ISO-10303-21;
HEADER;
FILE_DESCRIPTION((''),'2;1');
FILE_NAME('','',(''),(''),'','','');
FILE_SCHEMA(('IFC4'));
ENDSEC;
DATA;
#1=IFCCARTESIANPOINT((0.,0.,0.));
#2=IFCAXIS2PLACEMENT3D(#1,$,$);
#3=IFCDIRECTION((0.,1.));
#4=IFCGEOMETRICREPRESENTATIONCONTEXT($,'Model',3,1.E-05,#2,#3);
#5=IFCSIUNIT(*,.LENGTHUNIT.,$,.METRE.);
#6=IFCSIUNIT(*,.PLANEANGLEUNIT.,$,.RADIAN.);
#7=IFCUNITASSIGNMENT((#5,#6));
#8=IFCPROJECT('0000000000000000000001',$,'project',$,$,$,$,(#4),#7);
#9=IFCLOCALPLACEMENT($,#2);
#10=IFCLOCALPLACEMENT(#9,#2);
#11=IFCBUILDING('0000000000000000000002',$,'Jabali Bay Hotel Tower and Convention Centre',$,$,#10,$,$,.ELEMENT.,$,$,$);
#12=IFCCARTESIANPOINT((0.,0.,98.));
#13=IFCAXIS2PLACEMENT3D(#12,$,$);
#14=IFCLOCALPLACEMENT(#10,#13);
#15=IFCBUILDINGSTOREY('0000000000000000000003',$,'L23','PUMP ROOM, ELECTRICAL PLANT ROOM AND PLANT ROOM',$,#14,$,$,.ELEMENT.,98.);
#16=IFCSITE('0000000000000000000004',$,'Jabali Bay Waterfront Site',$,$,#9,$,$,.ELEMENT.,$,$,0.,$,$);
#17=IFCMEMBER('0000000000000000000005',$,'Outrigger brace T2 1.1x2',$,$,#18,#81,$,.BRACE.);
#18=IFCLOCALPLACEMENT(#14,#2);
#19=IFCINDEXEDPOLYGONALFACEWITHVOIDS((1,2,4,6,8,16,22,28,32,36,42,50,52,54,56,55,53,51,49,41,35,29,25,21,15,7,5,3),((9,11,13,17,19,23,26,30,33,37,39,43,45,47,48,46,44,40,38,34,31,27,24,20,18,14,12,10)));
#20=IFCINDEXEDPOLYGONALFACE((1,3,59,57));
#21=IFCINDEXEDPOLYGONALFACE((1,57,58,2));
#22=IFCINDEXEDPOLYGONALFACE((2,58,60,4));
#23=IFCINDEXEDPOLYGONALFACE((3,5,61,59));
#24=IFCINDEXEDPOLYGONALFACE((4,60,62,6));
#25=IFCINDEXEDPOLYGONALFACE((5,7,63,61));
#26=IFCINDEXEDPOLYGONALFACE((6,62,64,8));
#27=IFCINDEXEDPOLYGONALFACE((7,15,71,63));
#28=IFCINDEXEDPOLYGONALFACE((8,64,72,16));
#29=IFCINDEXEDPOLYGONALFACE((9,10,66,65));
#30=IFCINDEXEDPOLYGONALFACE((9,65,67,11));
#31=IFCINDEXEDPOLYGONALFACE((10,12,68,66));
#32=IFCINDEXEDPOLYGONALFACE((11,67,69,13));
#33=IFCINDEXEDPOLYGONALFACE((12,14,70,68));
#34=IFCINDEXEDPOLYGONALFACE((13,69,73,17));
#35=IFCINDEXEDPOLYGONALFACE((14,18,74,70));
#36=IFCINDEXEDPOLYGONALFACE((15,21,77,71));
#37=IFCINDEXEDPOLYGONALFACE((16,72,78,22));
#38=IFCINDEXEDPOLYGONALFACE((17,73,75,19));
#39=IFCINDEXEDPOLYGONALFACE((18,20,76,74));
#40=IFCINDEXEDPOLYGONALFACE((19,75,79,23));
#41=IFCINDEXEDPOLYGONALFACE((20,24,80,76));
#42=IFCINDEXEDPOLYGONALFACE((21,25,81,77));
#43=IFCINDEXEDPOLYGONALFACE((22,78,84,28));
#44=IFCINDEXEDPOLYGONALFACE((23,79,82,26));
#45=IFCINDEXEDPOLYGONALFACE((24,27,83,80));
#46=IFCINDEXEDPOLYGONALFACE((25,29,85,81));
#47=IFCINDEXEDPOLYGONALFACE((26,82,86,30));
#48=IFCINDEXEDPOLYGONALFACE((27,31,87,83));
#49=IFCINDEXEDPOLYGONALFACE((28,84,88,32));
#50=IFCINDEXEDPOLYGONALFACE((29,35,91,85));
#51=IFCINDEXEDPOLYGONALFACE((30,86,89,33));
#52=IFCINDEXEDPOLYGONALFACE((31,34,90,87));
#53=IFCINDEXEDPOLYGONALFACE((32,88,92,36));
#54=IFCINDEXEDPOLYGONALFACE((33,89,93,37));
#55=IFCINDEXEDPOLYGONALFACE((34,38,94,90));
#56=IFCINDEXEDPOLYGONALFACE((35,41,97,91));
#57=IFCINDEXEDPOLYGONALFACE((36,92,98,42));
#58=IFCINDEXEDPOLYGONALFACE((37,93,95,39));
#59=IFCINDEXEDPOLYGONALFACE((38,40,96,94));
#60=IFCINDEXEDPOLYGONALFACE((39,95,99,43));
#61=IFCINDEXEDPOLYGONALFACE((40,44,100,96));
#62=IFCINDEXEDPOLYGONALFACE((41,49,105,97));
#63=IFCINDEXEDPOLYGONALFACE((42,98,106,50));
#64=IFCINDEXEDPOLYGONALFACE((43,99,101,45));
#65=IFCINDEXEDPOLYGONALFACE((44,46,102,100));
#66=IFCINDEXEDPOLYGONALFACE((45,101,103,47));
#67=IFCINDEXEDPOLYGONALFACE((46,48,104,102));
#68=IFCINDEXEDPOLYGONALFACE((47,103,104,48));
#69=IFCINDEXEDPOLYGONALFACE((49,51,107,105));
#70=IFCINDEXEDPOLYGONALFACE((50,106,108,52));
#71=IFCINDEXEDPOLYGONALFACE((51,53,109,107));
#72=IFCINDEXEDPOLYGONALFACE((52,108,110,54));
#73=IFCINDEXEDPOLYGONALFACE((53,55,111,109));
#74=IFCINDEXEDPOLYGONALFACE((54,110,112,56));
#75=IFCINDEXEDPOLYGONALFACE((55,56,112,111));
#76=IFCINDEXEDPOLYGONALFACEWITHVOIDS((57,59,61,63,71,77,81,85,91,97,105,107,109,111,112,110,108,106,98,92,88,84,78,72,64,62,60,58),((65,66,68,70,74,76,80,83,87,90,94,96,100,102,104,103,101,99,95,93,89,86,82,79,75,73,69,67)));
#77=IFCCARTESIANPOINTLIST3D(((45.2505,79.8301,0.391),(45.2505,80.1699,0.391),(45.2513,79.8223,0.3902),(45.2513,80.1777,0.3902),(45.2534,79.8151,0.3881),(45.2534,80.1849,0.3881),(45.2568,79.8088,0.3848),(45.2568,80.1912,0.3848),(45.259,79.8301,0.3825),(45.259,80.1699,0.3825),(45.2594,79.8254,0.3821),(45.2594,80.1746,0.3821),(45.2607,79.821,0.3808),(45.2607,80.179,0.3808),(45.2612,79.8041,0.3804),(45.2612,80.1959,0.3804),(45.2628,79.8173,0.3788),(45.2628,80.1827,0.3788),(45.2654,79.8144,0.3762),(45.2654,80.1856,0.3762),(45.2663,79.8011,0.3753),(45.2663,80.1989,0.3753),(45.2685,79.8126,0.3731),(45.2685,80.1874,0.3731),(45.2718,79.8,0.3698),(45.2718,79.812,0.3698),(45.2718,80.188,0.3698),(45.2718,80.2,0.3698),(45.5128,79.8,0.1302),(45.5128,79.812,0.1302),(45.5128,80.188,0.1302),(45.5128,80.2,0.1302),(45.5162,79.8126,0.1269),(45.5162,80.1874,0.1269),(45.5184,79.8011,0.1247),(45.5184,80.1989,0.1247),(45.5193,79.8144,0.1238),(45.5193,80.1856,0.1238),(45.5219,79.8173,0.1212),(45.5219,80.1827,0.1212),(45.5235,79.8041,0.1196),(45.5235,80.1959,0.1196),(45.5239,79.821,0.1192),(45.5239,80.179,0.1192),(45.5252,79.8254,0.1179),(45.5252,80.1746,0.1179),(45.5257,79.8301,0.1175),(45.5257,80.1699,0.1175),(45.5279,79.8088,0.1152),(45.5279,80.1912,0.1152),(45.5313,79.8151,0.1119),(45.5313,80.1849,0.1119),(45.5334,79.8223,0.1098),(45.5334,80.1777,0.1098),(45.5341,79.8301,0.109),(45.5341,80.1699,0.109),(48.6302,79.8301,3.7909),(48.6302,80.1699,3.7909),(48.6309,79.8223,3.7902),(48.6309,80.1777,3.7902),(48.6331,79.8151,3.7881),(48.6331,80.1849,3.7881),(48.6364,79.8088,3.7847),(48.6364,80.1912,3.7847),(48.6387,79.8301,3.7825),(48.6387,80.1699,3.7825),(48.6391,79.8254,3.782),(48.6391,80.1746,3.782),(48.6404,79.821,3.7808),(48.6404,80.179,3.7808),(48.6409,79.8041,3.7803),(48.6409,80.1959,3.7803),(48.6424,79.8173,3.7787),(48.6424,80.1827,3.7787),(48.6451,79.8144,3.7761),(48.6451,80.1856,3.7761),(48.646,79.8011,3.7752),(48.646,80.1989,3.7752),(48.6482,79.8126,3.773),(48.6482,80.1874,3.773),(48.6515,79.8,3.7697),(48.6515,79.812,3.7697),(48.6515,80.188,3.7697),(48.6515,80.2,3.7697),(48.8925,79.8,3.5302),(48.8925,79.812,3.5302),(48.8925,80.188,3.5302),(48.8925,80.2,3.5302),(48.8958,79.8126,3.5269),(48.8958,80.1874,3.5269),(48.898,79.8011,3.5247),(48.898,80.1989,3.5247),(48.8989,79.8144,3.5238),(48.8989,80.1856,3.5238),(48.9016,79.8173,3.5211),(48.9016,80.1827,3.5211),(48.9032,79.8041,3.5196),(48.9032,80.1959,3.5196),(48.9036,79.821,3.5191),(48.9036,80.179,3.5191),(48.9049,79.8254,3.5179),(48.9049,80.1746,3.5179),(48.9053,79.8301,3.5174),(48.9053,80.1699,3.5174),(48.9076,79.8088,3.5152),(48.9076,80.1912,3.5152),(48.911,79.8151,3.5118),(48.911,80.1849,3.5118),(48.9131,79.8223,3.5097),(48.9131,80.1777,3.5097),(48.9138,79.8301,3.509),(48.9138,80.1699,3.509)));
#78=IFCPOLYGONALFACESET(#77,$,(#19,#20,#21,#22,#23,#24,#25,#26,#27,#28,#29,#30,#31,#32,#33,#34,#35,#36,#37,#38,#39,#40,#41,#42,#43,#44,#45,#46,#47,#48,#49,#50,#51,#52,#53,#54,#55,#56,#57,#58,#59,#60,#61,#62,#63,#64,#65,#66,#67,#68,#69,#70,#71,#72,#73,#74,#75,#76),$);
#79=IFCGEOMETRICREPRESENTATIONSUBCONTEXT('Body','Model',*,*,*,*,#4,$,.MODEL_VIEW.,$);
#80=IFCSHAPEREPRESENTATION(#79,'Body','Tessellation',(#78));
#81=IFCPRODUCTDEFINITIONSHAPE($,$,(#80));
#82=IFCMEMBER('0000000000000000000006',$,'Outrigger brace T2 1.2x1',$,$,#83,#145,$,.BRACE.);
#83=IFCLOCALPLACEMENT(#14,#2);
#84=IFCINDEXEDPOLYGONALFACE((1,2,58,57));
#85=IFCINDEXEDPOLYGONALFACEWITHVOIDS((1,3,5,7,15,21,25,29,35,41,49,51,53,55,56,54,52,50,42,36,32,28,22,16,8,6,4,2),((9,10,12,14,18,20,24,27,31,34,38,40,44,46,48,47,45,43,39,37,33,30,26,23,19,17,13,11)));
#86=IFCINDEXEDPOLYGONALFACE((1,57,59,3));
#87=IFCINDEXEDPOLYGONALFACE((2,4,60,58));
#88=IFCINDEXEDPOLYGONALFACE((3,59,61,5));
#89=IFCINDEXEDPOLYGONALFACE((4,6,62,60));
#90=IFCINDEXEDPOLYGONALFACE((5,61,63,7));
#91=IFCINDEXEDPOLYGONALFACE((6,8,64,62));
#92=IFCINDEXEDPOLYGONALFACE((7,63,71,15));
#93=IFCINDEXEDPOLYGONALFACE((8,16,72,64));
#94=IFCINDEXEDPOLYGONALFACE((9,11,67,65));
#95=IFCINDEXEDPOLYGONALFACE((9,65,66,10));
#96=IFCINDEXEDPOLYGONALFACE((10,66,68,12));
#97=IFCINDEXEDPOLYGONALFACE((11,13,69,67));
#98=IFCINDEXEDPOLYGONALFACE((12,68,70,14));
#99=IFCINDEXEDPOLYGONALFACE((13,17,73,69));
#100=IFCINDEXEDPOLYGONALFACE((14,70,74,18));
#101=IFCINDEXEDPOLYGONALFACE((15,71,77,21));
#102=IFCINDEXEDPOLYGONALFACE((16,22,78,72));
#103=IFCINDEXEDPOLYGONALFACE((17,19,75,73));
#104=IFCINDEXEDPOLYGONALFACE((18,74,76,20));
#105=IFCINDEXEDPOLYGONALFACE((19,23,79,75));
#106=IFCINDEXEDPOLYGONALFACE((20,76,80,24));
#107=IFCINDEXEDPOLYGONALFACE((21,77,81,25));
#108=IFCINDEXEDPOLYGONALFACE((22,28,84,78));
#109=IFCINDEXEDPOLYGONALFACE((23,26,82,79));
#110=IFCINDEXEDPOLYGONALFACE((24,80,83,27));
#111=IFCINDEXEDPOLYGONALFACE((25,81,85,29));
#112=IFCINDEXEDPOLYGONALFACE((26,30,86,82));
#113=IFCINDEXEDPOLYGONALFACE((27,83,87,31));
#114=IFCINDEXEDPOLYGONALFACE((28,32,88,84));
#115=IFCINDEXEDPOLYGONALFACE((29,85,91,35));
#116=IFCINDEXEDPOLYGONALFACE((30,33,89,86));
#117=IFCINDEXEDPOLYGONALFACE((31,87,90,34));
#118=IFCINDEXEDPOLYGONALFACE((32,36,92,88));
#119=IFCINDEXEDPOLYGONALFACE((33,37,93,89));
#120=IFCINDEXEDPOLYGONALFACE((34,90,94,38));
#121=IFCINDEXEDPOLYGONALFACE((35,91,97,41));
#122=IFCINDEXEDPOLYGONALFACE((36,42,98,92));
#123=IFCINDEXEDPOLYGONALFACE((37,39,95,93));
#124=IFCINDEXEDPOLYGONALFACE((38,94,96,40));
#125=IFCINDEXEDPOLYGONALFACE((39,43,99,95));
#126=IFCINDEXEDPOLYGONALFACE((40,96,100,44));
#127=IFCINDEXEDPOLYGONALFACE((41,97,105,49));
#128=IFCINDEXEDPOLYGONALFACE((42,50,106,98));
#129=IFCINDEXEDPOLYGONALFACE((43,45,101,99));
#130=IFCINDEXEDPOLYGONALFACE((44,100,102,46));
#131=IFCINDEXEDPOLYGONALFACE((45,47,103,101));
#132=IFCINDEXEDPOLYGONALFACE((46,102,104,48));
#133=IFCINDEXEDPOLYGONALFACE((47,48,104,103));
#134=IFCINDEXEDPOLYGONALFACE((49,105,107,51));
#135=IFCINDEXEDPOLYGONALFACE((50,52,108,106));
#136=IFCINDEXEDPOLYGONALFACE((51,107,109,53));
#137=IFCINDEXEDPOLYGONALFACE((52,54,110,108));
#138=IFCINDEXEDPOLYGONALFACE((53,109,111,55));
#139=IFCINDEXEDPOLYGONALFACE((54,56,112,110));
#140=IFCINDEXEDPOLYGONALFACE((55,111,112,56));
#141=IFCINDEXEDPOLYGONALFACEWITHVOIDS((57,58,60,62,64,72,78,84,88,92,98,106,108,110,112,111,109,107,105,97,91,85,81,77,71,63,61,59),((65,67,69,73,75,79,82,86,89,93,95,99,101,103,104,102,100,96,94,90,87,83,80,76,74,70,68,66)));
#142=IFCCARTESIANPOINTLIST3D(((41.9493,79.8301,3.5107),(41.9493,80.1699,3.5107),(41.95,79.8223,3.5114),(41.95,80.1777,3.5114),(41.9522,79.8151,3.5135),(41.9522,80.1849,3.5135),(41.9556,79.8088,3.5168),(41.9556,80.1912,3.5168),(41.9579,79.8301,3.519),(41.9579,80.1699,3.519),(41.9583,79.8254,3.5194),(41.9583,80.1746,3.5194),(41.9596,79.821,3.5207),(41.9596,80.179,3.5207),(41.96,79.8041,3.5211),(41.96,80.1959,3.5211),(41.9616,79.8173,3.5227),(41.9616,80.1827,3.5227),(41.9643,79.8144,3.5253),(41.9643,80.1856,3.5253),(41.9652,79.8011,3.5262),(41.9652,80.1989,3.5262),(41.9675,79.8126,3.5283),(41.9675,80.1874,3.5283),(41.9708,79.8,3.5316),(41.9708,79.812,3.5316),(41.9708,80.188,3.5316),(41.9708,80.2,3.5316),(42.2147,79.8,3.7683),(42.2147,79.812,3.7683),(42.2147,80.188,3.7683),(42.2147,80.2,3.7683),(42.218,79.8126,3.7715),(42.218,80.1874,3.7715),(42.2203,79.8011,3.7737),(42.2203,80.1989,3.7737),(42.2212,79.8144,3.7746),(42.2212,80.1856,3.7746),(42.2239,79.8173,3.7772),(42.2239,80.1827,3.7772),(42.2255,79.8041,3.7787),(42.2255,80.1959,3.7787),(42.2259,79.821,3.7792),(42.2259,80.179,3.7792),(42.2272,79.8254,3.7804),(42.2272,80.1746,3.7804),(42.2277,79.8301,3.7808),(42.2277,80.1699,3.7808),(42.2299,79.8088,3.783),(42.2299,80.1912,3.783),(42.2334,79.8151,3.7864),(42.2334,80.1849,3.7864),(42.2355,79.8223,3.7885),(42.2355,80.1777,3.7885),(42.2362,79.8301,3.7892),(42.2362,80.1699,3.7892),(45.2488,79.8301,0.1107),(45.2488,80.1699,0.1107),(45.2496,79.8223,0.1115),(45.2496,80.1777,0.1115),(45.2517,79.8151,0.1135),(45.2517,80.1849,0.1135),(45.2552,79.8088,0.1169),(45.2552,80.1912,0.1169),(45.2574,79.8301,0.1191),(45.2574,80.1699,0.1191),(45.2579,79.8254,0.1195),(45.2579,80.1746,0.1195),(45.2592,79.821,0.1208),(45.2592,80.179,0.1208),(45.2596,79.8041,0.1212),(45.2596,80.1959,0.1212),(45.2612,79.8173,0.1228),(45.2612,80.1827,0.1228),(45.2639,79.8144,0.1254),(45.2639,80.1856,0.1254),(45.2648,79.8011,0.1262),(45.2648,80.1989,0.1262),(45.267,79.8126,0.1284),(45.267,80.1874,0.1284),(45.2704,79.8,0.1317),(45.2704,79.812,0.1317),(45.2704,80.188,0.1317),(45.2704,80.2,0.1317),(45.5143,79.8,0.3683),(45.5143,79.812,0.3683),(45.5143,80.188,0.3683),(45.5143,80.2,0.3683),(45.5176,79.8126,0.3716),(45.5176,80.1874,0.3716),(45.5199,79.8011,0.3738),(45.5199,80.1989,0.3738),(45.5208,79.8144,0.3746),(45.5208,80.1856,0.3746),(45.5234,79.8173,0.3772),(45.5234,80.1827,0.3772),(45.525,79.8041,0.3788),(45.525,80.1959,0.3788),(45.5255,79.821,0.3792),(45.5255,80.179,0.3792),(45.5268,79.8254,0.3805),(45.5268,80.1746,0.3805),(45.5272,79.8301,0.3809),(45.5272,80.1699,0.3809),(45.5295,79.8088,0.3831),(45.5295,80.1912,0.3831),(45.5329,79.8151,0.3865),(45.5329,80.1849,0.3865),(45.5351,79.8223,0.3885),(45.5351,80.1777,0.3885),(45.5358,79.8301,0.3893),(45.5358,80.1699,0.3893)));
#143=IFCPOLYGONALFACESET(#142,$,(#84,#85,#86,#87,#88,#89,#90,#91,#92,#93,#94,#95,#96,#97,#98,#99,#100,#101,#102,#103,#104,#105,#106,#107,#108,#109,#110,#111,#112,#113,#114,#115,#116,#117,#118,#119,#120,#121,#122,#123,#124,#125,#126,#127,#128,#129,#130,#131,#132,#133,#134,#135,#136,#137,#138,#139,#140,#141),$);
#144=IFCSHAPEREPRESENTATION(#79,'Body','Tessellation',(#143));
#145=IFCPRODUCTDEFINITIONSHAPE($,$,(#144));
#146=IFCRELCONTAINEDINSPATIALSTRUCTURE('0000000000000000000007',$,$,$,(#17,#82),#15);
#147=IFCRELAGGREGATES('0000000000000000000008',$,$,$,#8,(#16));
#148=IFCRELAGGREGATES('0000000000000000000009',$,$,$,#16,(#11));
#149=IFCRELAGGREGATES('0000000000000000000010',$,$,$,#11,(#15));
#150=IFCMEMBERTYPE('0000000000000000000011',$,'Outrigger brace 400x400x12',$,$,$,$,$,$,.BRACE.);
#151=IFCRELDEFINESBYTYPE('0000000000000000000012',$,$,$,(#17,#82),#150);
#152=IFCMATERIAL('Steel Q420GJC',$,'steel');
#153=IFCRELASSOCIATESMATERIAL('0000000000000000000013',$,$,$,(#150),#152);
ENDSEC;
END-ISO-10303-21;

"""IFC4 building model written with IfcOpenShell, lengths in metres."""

from ifc_helpers import new_model, si_unit, direction, frame, origin, origin_2d, place, context, subcontext, project, spatial, hollow_rectangle, extrude, material, material_profile, profile_set, type_object, element, save


model = new_model("IFC4")

# Units and contexts
model_context = context("Model", 3, precision=1e-05, world=origin(), true_north=direction((0.0, 1.0)))
body_context = subcontext(model_context, "Body", "Model", "MODEL_VIEW")
ifc_project = project(units=[si_unit("LENGTHUNIT", "METRE"), si_unit("PLANEANGLEUNIT", "RADIAN")], contexts=[model_context])

# Site, building, storey
site_placement = place(None, origin())
site = spatial("IfcSite", under=ifc_project, at=site_placement, Name="Jabali Bay Waterfront Site", CompositionType="ELEMENT", RefElevation=0.0)
building_placement = place(site_placement, origin())
building = spatial("IfcBuilding", under=site, at=building_placement, Name="Jabali Bay Hotel Tower and Convention Centre", CompositionType="ELEMENT")
storey_placement = place(building_placement, frame((0.0, 0.0, 98.0)))
storey = spatial("IfcBuildingStorey", under=building, at=storey_placement, Name="L23", Description="PUMP ROOM, ELECTRICAL PLANT ROOM AND PLANT ROOM", CompositionType="ELEMENT", Elevation=98.0)

# Members
ifc_material_1 = material(Name="Steel Q420GJC", Category="steel")
ifc_material_profile_1 = material_profile(ifc_material_1, hollow_rectangle(XDim=0.3999, YDim=0.3999, WallThickness=0.012, InnerFilletRadius=0.0181, OuterFilletRadius=0.03, at=origin_2d()), Name="Outrigger brace 400x400x12")
ifc_profile_set_1 = profile_set([ifc_material_profile_1], Name="Steel Q420GJC")
member_type_1 = type_object("IfcMemberType", Name="Outrigger brace 400x400x12", PredefinedType="BRACE", material=ifc_profile_set_1)
member_1_placement = place(storey_placement, frame((45.3923, 80.0, 0.25), z_axis=(0.70499, 0.0, 0.709217), x_axis=(0.0, 1.0, 0.0)))
element("IfcMember", 1, at=member_1_placement, inside=storey, type_object=member_type_1, Name="Outrigger brace T2 1.1x2", PredefinedType="BRACE", context=body_context, shape_type="SweptSolid", body=[
    extrude(hollow_rectangle(XDim=0.3999, YDim=0.3999, WallThickness=0.012, InnerFilletRadius=0.0181, OuterFilletRadius=0.03, at=origin_2d()), origin(), (0.0, 0.0, 1.0), 4.7939),
])
member_2_placement = place(storey_placement, frame((45.3923, 80.0, 0.25), z_axis=(-0.696438, 0.0, 0.717617), x_axis=(0.0, -1.0, 0.0)))
element("IfcMember", 2, at=member_2_placement, inside=storey, type_object=member_type_1, Name="Outrigger brace T2 1.2x1", PredefinedType="BRACE", context=body_context, shape_type="SweptSolid", body=[
    extrude(hollow_rectangle(XDim=0.3999, YDim=0.3999, WallThickness=0.012, InnerFilletRadius=0.0181, OuterFilletRadius=0.03, at=origin_2d()), origin(), (0.0, 0.0, 1.0), 4.7378),
])

save(model, "model.ifc")
